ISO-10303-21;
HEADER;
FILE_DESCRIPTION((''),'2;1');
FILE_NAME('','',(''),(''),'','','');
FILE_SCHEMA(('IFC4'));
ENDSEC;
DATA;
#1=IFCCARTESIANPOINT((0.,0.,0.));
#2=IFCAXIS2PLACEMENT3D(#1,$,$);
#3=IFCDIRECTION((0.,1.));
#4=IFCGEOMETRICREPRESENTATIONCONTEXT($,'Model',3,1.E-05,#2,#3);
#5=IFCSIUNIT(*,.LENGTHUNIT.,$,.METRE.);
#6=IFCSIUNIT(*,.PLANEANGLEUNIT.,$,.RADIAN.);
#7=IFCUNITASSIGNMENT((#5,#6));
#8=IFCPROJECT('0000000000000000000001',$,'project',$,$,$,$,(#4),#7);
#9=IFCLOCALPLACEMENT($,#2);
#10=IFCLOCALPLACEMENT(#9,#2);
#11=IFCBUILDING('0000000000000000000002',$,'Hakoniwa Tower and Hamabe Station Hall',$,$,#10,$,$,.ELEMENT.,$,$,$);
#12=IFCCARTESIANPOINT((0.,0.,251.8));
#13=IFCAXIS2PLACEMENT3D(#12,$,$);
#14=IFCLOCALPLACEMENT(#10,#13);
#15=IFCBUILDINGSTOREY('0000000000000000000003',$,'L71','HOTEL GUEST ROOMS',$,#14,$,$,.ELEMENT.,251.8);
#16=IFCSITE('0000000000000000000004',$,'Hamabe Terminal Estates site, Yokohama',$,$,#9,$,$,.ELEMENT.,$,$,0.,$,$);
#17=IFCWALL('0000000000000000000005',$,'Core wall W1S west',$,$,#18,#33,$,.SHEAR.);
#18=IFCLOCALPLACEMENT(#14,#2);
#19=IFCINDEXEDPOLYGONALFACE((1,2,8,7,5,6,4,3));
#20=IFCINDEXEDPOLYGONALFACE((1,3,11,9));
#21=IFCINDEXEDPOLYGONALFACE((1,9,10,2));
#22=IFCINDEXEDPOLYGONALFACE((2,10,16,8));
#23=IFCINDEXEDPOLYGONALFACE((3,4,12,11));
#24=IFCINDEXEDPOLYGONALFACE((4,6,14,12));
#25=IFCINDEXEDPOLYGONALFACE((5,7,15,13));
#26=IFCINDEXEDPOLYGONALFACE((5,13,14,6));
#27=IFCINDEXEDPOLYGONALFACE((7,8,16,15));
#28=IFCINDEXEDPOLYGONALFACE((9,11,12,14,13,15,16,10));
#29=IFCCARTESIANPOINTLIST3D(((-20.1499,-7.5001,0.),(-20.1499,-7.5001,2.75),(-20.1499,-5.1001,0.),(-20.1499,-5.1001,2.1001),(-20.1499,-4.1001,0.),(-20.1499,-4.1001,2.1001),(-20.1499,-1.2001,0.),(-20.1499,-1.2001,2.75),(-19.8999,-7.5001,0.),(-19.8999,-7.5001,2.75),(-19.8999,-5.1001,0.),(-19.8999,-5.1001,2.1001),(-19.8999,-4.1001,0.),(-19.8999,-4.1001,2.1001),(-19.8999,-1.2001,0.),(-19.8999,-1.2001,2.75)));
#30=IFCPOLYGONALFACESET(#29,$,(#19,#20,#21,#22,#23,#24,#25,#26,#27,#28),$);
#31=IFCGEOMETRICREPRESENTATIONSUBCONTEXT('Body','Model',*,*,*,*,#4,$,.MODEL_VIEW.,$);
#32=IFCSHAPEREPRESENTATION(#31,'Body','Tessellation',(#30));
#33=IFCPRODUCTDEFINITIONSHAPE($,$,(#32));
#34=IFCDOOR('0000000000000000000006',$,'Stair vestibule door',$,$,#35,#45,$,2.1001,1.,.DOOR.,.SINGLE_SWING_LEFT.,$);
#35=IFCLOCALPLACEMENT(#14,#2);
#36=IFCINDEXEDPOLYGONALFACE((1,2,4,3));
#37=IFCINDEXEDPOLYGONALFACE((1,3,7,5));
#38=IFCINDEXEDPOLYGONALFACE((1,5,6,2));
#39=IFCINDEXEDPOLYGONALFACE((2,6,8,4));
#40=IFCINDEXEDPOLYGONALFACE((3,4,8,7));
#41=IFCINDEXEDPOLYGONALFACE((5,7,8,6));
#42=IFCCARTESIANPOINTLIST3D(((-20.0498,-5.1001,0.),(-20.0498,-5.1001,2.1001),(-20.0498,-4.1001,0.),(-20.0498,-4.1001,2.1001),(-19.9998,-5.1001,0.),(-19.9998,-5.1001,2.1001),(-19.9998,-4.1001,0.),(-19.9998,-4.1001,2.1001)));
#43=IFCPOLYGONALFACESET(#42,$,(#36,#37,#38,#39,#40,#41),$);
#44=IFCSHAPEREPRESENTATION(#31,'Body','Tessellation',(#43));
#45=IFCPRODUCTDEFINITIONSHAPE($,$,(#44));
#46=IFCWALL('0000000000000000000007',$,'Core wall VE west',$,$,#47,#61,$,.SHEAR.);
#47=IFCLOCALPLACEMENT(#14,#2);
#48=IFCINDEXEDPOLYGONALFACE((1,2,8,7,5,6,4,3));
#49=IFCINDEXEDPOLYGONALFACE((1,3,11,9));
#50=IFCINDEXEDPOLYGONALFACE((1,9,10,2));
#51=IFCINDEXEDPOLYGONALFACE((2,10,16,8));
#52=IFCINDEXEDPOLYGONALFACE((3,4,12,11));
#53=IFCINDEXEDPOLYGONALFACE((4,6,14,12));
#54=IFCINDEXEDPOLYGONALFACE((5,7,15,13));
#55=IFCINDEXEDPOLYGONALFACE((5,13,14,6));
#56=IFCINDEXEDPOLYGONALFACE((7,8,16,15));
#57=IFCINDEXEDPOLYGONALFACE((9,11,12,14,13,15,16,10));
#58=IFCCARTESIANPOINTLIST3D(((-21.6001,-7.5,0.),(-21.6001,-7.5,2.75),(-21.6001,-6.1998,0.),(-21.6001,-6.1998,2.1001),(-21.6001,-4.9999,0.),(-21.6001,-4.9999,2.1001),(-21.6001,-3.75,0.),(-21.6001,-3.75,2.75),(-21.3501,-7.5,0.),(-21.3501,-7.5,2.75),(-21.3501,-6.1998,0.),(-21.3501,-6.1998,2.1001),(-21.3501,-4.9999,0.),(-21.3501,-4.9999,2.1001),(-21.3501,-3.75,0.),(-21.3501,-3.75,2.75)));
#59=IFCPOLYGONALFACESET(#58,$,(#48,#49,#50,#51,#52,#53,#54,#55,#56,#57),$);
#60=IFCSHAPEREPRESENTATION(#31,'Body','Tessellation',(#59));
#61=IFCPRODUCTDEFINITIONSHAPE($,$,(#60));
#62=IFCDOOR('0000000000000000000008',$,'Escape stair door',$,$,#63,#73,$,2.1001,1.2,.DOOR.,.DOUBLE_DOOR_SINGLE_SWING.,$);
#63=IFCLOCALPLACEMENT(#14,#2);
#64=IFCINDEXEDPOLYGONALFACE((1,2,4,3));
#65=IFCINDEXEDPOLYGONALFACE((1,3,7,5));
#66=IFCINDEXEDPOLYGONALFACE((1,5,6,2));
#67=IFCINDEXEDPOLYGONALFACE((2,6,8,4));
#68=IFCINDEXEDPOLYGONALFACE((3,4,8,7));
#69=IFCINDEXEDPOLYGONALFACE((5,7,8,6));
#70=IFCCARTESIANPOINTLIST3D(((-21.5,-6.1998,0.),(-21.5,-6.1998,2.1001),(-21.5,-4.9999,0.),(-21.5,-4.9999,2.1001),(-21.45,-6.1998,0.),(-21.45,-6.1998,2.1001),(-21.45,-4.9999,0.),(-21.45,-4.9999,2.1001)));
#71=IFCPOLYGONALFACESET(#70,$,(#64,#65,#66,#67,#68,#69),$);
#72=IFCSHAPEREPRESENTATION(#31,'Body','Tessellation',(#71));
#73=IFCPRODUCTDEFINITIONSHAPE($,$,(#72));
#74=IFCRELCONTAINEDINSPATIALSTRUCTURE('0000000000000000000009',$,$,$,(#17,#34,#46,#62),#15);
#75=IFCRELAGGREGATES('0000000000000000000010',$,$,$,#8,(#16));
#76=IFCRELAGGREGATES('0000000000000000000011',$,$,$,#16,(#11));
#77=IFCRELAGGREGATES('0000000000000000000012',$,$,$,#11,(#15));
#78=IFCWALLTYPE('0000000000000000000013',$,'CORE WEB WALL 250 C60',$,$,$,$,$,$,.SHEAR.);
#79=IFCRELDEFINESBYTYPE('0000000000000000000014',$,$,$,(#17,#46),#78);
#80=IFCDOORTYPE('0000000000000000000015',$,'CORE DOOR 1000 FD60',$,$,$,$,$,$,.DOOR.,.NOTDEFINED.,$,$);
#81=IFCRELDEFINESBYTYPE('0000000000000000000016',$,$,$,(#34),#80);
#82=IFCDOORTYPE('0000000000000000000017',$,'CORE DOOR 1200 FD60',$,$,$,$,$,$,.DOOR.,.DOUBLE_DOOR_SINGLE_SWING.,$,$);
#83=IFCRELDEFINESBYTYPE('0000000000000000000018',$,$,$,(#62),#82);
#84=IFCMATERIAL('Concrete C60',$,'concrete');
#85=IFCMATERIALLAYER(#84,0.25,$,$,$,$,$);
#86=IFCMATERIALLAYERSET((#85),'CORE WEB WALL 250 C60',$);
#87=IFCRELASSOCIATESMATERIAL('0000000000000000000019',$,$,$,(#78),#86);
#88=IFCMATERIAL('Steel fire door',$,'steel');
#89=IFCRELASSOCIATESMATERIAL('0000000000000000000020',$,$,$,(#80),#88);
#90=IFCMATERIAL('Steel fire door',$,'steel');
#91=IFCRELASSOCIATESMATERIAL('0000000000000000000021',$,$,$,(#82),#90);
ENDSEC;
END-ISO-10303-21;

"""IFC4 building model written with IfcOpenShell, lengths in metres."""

from ifc_helpers import new_model, si_unit, direction, frame, frame_2d, origin, place, context, subcontext, project, spatial, rectangle, extrude, material, layer, layer_set, type_object, element, fill, save


model = new_model("IFC4")

# Units and contexts
model_context = context("Model", 3, precision=1e-05, world=origin(), true_north=direction((0.0, 1.0)))
body_context = subcontext(model_context, "Body", "Model", "MODEL_VIEW")
ifc_project = project(units=[si_unit("LENGTHUNIT", "METRE"), si_unit("PLANEANGLEUNIT", "RADIAN")], contexts=[model_context])

# Site, building, storey
site_placement = place(None, origin())
site = spatial("IfcSite", under=ifc_project, at=site_placement, Name="Hamabe Terminal Estates site, Yokohama", CompositionType="ELEMENT", RefElevation=0.0)
building_placement = place(site_placement, origin())
building = spatial("IfcBuilding", under=site, at=building_placement, Name="Hakoniwa Tower and Hamabe Station Hall", CompositionType="ELEMENT")
storey_placement = place(building_placement, frame((0.0, 0.0, 251.8)))
storey = spatial("IfcBuildingStorey", under=building, at=storey_placement, Name="L71", Description="HOTEL GUEST ROOMS", CompositionType="ELEMENT", Elevation=251.8)

# Walls, openings, doors
ifc_material_1 = material(Name="Concrete C60", Category="concrete")
ifc_layer_1 = layer(ifc_material_1, 0.25)
ifc_layer_set_1 = layer_set([ifc_layer_1], Name="CORE WEB WALL 250 C60")
wall_type_1 = type_object("IfcWallType", Name="CORE WEB WALL 250 C60", PredefinedType="SHEAR", material=ifc_layer_set_1)
wall_1_placement = place(storey_placement, frame((-20.0249, -7.5, 0.0), z_axis=(0.0, 0.0, 1.0), x_axis=(0.0, 1.0, 0.0)))
wall_1 = element("IfcWall", 1, at=wall_1_placement, inside=storey, type_object=wall_type_1, Name="Core wall W1S west", PredefinedType="SHEAR", context=body_context, shape_type="SweptSolid", body=[
    extrude(rectangle(XDim=6.3, YDim=0.25, at=frame_2d((3.1499, 0.0))), origin(), (0.0, 0.0, 1.0), 2.75),
])
opening_1_placement = place(wall_1_placement, frame((2.3999, 0.0, 0.0)))
opening_1 = element("IfcOpeningElement", 2, at=opening_1_placement, cuts=wall_1, PredefinedType="OPENING", context=body_context, shape_type="SweptSolid", body=[
    extrude(rectangle(XDim=1.0, YDim=2.1001, at=frame_2d((0.5, 1.05))), frame((0.0, 0.135, 0.0), z_axis=(0.0, -1.0, 0.0), x_axis=(1.0, 0.0, 0.0)), (0.0, 0.0, 1.0), 0.27),
])
ifc_material_2 = material(Name="Steel fire door", Category="steel")
door_type_1 = type_object("IfcDoorType", Name="CORE DOOR 1000 FD60", OperationType="NOTDEFINED", PredefinedType="DOOR", material=ifc_material_2)
door_1_placement = place(opening_1_placement, origin())
door_1 = element("IfcDoor", 3, at=door_1_placement, inside=storey, type_object=door_type_1, Name="Stair vestibule door", OperationType="SINGLE_SWING_LEFT", OverallHeight=2.1001, OverallWidth=1.0, PredefinedType="DOOR", context=body_context, shape_type="SweptSolid", body=[
    extrude(rectangle(XDim=1.0, YDim=2.1001, at=frame_2d((0.5, 1.05))), frame((0.0, 0.0249, 0.0), z_axis=(0.0, -1.0, 0.0), x_axis=(1.0, 0.0, 0.0)), (0.0, 0.0, 1.0), 0.05),
])
fill(opening_1, door_1)
wall_2_placement = place(storey_placement, frame((-21.4751, -7.5, 0.0), z_axis=(0.0, 0.0, 1.0), x_axis=(0.0, 1.0, 0.0)))
wall_2 = element("IfcWall", 4, at=wall_2_placement, inside=storey, type_object=wall_type_1, Name="Core wall VE west", PredefinedType="SHEAR", context=body_context, shape_type="SweptSolid", body=[
    extrude(rectangle(XDim=3.75, YDim=0.25, at=frame_2d((1.875, 0.0))), origin(), (0.0, 0.0, 1.0), 2.75),
])
opening_2_placement = place(wall_2_placement, frame((1.3, 0.0, 0.0)))
opening_2 = element("IfcOpeningElement", 5, at=opening_2_placement, cuts=wall_2, PredefinedType="OPENING", context=body_context, shape_type="SweptSolid", body=[
    extrude(rectangle(XDim=1.2, YDim=2.1001, at=frame_2d((0.6001, 1.05))), frame((0.0, 0.135, 0.0), z_axis=(0.0, -1.0, 0.0), x_axis=(1.0, 0.0, 0.0)), (0.0, 0.0, 1.0), 0.27),
])
ifc_material_3 = material(Name="Steel fire door", Category="steel")
door_type_2 = type_object("IfcDoorType", Name="CORE DOOR 1200 FD60", OperationType="DOUBLE_DOOR_SINGLE_SWING", PredefinedType="DOOR", material=ifc_material_3)
door_2_placement = place(opening_2_placement, origin())
door_2 = element("IfcDoor", 6, at=door_2_placement, inside=storey, type_object=door_type_2, Name="Escape stair door", OperationType="DOUBLE_DOOR_SINGLE_SWING", OverallHeight=2.1001, OverallWidth=1.2, PredefinedType="DOOR", context=body_context, shape_type="SweptSolid", body=[
    extrude(rectangle(XDim=1.2, YDim=2.1001, at=frame_2d((0.6001, 1.05))), frame((0.0, 0.0249, 0.0), z_axis=(0.0, -1.0, 0.0), x_axis=(1.0, 0.0, 0.0)), (0.0, 0.0, 1.0), 0.05),
])
fill(opening_2, door_2)

save(model, "model.ifc")
